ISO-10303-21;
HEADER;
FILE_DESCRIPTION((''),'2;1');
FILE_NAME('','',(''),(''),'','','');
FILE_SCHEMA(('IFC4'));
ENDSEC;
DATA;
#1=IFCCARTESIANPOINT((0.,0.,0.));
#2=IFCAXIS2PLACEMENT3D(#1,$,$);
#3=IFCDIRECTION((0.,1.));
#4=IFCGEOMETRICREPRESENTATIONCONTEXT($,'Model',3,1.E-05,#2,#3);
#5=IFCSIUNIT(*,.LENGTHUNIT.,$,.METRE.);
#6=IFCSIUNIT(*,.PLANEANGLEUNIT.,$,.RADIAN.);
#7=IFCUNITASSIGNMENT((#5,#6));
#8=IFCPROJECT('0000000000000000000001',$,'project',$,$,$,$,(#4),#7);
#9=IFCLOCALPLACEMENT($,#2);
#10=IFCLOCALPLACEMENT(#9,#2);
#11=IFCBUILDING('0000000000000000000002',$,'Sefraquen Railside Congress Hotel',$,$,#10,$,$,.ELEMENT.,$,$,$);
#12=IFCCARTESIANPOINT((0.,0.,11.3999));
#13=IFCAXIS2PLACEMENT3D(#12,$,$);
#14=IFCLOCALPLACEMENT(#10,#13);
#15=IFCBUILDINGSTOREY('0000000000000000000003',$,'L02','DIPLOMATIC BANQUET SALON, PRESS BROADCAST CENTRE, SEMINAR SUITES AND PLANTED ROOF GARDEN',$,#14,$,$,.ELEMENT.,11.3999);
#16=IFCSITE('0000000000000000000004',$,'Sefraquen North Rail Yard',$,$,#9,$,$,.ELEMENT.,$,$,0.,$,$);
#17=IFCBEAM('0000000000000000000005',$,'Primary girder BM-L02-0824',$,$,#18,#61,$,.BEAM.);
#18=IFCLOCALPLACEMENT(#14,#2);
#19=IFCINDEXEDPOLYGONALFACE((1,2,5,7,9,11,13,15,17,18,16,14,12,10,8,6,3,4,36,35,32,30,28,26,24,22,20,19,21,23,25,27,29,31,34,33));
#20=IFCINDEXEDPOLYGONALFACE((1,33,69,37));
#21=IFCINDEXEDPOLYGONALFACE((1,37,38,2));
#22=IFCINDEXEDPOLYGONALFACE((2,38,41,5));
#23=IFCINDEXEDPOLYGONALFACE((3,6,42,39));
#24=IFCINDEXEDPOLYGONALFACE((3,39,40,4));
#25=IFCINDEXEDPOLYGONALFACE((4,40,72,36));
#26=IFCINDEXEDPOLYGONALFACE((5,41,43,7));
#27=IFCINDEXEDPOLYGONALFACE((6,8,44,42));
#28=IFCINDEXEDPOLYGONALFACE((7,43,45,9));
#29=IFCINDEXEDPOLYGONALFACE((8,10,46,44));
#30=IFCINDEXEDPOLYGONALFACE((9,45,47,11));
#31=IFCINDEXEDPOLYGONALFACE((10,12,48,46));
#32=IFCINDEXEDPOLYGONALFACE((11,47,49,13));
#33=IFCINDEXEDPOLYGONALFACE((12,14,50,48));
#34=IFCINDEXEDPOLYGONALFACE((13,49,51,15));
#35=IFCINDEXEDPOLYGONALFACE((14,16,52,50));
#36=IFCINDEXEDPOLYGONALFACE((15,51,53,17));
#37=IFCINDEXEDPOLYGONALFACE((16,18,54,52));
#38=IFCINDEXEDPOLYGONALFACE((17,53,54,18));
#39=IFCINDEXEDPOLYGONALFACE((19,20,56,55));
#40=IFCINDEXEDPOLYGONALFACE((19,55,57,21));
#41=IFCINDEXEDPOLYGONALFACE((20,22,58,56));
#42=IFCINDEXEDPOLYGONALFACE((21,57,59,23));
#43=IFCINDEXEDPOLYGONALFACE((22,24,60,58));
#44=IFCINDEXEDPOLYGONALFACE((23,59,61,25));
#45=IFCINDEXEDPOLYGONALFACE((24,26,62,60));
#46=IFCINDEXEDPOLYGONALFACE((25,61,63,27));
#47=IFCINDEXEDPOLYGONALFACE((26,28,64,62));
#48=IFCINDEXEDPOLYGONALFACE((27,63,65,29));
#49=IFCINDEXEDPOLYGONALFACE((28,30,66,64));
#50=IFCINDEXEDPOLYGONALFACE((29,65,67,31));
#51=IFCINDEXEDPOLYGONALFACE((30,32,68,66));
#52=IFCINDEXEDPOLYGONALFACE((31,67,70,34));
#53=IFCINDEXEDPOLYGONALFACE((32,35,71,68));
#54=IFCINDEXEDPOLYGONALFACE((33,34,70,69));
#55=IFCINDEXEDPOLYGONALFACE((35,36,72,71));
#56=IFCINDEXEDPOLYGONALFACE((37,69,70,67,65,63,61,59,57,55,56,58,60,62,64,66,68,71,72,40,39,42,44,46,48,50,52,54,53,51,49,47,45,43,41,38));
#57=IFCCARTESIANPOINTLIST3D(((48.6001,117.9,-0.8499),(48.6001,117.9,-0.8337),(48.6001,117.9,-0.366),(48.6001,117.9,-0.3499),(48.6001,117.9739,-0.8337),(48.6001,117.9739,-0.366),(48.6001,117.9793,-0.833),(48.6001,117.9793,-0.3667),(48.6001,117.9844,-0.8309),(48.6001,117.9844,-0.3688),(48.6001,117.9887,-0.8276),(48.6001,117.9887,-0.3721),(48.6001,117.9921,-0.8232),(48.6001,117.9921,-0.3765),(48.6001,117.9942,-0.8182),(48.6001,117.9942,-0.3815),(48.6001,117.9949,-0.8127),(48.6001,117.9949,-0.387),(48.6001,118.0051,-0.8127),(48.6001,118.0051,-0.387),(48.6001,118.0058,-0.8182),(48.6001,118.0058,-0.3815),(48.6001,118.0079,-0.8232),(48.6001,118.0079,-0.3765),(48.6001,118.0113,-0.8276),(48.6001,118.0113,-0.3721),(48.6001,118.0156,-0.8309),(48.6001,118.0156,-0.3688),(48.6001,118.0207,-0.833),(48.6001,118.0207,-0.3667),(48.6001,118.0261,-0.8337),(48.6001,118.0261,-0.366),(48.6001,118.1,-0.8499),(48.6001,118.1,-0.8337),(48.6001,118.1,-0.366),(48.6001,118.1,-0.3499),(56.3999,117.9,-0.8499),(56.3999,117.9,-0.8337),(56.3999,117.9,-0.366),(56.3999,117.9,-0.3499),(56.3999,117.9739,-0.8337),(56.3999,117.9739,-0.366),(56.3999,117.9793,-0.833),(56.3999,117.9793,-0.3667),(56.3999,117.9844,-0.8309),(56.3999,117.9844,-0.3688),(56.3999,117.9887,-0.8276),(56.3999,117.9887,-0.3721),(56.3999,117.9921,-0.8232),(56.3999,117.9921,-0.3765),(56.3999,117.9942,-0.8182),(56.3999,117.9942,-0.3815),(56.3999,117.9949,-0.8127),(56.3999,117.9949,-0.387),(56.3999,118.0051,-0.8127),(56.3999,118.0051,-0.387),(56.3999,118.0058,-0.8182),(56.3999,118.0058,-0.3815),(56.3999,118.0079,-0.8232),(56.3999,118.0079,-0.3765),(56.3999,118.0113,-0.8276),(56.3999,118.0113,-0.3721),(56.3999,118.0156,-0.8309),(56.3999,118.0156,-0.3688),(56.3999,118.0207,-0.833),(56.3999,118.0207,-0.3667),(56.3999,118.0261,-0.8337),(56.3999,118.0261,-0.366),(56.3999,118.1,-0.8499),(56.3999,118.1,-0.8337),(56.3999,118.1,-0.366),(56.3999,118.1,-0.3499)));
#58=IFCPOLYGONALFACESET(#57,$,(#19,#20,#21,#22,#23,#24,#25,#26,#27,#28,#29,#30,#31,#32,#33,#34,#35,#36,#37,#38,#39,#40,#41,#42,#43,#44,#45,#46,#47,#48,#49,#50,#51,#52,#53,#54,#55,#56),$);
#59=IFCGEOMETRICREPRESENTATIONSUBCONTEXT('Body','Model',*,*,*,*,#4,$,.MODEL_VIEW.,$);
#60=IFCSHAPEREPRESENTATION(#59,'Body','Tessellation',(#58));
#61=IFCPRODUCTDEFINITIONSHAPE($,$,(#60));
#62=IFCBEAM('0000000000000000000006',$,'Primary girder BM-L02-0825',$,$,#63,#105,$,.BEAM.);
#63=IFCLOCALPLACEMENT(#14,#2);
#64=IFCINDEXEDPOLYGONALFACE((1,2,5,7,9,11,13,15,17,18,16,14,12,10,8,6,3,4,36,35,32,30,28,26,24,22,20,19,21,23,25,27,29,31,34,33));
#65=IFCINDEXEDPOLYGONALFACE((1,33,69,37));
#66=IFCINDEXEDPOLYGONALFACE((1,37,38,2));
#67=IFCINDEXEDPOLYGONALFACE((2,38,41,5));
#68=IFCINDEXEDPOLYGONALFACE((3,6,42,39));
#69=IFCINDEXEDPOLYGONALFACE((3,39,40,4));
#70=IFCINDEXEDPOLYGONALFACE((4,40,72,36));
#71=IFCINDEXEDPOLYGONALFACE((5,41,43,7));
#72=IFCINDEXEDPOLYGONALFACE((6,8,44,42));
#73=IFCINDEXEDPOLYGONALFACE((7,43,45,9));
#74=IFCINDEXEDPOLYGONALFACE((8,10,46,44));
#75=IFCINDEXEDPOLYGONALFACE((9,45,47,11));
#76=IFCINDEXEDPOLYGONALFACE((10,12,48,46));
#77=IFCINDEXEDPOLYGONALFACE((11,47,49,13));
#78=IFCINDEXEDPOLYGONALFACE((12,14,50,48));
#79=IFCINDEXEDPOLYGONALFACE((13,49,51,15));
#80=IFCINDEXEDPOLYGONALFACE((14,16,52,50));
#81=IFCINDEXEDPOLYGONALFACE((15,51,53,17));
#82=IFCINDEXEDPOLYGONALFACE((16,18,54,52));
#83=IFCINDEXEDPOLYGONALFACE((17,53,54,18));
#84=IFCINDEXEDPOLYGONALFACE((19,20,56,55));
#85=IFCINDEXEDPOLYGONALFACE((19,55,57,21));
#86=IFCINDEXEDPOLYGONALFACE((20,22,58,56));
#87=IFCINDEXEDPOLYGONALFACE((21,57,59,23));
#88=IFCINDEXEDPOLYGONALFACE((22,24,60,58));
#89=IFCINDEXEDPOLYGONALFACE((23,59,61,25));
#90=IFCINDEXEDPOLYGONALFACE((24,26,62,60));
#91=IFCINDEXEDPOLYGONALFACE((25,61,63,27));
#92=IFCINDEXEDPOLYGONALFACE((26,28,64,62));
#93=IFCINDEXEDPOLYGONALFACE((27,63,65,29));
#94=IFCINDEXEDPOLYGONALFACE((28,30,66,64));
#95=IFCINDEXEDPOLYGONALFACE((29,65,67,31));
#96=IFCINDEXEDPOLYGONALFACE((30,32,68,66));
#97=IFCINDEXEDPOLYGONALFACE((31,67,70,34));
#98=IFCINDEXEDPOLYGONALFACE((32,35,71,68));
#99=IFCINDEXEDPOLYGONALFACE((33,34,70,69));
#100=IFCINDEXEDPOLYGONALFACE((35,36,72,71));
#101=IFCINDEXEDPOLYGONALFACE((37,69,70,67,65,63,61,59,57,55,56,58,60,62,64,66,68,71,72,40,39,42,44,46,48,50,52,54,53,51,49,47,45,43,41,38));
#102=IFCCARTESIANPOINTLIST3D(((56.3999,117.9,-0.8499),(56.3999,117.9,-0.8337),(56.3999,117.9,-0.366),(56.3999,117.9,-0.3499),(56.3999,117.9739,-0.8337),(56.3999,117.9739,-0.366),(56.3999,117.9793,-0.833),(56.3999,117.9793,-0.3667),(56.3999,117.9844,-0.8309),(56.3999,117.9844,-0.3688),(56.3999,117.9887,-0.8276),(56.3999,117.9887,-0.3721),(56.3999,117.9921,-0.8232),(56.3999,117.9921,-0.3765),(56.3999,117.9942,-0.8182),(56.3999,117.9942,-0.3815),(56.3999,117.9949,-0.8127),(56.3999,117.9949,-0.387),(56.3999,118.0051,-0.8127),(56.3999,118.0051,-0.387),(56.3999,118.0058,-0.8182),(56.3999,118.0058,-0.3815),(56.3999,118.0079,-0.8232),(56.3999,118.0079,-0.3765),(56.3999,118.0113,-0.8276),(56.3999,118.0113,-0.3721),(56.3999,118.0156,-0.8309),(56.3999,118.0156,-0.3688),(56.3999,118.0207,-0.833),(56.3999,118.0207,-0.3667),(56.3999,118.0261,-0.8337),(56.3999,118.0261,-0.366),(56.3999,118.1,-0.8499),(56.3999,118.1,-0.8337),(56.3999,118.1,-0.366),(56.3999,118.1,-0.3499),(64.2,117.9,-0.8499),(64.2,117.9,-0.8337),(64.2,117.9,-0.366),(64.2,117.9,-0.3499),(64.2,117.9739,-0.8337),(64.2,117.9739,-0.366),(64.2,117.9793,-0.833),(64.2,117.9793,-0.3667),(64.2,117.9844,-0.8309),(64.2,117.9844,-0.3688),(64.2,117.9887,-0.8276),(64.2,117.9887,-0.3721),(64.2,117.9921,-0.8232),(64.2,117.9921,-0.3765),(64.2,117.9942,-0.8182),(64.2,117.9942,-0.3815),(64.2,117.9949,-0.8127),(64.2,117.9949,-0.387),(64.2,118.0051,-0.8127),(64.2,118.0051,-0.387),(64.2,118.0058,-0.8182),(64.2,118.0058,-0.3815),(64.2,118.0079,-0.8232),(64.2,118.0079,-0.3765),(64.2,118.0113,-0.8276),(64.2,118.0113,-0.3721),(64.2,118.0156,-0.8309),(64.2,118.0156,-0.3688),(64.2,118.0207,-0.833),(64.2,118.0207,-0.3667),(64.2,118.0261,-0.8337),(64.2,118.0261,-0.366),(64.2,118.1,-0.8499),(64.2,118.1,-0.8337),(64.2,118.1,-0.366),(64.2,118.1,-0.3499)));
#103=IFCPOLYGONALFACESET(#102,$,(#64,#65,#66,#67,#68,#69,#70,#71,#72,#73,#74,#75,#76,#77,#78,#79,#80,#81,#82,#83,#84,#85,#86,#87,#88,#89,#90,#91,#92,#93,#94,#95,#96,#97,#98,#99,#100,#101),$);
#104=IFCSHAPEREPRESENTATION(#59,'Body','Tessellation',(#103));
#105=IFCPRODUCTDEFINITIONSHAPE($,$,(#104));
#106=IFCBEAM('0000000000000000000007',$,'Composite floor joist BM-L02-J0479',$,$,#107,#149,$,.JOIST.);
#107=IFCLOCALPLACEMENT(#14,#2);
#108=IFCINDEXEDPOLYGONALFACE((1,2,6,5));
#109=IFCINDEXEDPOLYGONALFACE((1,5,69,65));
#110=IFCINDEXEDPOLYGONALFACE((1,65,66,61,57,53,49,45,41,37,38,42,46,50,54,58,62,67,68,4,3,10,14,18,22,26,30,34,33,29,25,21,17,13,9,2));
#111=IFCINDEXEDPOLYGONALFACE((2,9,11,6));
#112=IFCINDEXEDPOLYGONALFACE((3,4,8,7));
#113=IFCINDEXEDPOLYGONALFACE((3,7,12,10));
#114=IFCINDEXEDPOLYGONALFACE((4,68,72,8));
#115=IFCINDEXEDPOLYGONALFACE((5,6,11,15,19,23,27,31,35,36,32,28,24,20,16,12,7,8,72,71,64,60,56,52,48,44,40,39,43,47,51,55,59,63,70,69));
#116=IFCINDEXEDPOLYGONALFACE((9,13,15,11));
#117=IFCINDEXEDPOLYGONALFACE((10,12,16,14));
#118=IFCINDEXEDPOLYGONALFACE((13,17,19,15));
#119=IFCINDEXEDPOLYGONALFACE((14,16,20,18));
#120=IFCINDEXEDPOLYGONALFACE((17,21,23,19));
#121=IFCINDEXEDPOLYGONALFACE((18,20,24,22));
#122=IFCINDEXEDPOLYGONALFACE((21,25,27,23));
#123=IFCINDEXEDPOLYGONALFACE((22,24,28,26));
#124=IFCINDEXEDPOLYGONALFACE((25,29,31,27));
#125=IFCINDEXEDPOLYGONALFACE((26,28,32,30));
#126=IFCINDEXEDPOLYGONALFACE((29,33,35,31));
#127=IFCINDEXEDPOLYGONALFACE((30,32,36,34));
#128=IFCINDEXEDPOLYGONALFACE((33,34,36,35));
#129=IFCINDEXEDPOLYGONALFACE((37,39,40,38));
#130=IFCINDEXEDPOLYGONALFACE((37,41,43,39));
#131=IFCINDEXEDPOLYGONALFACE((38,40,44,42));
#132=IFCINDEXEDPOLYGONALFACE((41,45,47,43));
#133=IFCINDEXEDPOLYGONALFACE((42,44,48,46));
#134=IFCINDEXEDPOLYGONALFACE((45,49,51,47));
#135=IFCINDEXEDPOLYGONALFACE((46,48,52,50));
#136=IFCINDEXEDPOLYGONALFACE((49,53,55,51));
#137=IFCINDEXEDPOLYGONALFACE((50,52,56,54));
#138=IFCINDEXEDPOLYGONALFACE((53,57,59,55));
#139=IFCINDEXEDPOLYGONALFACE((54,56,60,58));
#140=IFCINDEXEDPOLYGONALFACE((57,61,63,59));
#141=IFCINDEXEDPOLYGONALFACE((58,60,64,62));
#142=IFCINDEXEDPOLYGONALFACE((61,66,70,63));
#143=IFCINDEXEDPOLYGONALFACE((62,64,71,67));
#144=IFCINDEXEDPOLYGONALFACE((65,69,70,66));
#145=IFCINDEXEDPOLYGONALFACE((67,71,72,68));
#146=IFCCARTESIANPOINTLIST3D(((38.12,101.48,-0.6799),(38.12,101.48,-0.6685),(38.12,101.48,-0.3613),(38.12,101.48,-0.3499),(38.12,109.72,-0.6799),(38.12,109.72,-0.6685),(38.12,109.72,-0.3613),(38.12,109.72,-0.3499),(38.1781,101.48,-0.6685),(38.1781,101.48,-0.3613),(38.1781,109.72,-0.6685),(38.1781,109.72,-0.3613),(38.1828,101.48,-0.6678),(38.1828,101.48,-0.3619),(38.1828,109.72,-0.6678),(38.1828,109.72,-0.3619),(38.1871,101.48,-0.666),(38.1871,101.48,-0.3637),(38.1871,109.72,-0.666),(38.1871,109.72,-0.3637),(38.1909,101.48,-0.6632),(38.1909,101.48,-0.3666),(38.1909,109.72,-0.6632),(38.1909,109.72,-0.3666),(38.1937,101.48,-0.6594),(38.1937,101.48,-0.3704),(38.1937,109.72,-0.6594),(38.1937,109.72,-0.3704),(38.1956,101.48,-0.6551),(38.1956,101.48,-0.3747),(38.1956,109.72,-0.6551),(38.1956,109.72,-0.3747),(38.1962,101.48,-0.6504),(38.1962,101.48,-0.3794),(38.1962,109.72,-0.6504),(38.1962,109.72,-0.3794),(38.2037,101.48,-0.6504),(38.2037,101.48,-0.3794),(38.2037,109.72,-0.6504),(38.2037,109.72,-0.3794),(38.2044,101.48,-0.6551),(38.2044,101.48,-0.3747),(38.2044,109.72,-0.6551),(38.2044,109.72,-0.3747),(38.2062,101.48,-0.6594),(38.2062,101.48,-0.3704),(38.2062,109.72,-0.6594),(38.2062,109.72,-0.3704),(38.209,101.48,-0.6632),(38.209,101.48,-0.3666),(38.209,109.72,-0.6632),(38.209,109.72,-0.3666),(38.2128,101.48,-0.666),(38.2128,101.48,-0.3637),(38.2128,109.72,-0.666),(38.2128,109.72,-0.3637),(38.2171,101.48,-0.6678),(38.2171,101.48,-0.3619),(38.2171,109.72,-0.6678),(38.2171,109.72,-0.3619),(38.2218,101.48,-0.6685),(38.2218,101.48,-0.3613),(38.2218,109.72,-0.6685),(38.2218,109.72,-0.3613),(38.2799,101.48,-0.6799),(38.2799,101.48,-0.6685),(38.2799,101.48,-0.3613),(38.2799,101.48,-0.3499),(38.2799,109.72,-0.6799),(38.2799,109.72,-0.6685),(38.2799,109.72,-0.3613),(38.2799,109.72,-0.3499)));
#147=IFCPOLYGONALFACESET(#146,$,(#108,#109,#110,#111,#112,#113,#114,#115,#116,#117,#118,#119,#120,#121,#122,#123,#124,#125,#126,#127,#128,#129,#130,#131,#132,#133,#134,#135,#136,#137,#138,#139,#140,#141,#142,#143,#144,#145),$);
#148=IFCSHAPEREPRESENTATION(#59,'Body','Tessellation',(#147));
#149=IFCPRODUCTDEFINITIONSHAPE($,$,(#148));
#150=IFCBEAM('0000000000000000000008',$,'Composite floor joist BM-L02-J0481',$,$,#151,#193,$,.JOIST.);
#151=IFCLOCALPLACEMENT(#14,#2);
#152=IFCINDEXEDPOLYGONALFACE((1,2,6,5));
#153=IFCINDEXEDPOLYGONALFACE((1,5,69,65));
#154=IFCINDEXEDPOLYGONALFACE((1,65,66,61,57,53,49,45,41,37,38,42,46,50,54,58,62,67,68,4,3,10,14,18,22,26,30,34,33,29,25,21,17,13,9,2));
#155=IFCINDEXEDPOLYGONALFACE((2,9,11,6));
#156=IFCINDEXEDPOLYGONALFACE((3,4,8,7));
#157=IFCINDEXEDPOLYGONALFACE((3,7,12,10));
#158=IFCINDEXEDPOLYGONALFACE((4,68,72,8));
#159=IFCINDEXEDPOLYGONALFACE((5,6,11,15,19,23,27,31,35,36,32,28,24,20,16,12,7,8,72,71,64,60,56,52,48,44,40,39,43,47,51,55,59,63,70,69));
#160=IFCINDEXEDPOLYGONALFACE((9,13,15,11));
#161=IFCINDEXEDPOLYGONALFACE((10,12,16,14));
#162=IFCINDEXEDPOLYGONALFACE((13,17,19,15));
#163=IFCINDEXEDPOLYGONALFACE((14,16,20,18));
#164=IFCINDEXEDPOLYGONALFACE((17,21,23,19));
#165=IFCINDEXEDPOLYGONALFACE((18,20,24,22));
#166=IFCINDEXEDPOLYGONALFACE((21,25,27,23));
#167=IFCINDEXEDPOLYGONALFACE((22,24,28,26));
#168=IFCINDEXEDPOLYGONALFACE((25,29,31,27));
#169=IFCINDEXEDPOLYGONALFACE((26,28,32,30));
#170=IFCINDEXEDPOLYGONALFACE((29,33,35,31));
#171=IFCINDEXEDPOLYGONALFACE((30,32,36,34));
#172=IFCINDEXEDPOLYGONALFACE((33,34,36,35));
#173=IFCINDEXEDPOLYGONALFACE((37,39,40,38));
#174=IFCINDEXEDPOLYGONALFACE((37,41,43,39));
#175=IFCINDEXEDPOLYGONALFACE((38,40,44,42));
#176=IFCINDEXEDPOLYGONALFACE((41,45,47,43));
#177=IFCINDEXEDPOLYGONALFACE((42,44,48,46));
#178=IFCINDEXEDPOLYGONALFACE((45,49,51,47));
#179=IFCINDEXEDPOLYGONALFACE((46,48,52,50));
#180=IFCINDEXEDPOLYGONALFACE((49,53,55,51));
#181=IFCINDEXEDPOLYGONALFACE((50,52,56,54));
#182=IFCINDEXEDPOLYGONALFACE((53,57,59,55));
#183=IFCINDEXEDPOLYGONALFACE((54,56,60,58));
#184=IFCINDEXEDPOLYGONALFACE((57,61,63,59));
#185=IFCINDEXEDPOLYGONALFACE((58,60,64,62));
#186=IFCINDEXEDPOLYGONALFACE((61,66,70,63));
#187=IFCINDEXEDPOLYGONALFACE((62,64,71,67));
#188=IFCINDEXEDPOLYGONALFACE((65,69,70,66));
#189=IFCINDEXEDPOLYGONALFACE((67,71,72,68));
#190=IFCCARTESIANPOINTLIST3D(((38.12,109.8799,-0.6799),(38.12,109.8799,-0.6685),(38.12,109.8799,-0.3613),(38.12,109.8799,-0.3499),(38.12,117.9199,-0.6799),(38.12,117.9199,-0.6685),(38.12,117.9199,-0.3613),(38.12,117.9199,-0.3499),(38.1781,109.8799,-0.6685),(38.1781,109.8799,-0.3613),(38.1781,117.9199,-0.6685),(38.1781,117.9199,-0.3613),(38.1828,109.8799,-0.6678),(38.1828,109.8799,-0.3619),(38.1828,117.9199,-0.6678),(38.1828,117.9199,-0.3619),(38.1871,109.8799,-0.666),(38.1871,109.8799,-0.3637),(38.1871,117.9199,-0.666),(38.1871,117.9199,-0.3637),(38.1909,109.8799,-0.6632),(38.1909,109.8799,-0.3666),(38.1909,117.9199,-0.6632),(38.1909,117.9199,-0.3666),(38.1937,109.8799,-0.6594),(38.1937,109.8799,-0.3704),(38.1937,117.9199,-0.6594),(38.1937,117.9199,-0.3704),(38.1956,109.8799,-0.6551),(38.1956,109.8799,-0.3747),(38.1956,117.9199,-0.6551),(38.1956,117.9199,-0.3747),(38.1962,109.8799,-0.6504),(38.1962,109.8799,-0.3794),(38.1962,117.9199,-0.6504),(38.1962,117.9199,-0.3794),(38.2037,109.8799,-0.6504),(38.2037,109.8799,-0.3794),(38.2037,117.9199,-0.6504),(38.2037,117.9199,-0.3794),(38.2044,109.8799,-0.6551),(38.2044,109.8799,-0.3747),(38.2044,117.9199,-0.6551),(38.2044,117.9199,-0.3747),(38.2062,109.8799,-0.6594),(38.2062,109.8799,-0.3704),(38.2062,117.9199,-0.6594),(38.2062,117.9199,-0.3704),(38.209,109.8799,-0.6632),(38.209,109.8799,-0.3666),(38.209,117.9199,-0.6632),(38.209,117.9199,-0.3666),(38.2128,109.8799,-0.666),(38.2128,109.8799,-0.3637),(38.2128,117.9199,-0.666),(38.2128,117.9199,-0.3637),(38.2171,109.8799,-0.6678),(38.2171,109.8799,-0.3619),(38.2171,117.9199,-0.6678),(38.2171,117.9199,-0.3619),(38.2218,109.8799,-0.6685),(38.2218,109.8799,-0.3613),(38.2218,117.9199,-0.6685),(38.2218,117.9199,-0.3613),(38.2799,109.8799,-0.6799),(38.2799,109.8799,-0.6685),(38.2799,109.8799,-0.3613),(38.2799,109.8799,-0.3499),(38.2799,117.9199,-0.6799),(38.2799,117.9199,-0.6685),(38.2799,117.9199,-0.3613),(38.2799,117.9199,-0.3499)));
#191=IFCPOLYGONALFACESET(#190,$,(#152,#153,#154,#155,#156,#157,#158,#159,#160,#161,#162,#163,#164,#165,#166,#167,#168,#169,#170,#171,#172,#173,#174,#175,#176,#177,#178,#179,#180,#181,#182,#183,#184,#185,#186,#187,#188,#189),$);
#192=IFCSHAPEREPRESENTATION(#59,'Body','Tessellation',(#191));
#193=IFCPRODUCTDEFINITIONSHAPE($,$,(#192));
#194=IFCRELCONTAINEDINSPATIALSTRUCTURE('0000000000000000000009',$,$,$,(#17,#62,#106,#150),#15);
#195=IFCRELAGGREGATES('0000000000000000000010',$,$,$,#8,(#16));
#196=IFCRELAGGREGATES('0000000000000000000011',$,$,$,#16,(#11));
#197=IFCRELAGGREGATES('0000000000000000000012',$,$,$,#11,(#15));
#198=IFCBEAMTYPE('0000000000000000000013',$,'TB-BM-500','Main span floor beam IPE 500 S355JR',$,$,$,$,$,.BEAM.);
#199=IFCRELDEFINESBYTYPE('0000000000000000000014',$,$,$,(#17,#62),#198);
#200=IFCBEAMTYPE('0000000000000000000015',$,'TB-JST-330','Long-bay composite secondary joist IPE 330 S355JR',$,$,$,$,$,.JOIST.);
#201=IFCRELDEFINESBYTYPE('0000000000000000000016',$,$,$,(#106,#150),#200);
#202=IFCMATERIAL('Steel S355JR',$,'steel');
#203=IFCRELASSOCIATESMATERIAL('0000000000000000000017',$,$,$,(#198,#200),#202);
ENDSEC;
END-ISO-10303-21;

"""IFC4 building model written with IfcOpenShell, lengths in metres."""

from ifc_helpers import new_model, si_unit, direction, frame, origin, origin_2d, place, context, subcontext, project, spatial, i_section, extrude, material, material_profile, profile_set, type_object, element, save


model = new_model("IFC4")

# Units and contexts
model_context = context("Model", 3, precision=1e-05, world=origin(), true_north=direction((0.0, 1.0)))
body_context = subcontext(model_context, "Body", "Model", "MODEL_VIEW")
ifc_project = project(units=[si_unit("LENGTHUNIT", "METRE"), si_unit("PLANEANGLEUNIT", "RADIAN")], contexts=[model_context])

# Site, building, storey
site_placement = place(None, origin())
site = spatial("IfcSite", under=ifc_project, at=site_placement, Name="Sefraquen North Rail Yard", CompositionType="ELEMENT", RefElevation=0.0)
building_placement = place(site_placement, origin())
building = spatial("IfcBuilding", under=site, at=building_placement, Name="Sefraquen Railside Congress Hotel", CompositionType="ELEMENT")
storey_placement = place(building_placement, frame((0.0, 0.0, 11.3999)))
storey = spatial("IfcBuildingStorey", under=building, at=storey_placement, Name="L02", Description="DIPLOMATIC BANQUET SALON, PRESS BROADCAST CENTRE, SEMINAR SUITES AND PLANTED ROOF GARDEN", CompositionType="ELEMENT", Elevation=11.3999)

# Shared definitions
ifc_material = material(Name="Steel S355JR", Category="steel")

# Beams
ifc_material_profile_1 = material_profile(ifc_material, i_section(OverallWidth=0.2, OverallDepth=0.5, WebThickness=0.0103, FlangeThickness=0.0161, FilletRadius=0.021, at=origin_2d()), Name="IPE 500")
ifc_profile_set_1 = profile_set([ifc_material_profile_1], Name="Steel S355JR")
beam_type_1 = type_object("IfcBeamType", Name="TB-BM-500", Description="Main span floor beam IPE 500 S355JR", PredefinedType="BEAM", material=ifc_profile_set_1)
beam_1_placement = place(storey_placement, frame((48.6001, 118.0, -0.5999), z_axis=(1.0, 0.0, 0.0), x_axis=(0.0, 1.0, 0.0)))
element("IfcBeam", 1, at=beam_1_placement, inside=storey, type_object=beam_type_1, Name="Primary girder BM-L02-0824", PredefinedType="BEAM", context=body_context, shape_type="SweptSolid", body=[
    extrude(i_section(OverallWidth=0.2, OverallDepth=0.5, WebThickness=0.0103, FlangeThickness=0.0161, FilletRadius=0.021, at=origin_2d()), origin(), (0.0, 0.0, 1.0), 7.7998),
])
beam_2_placement = place(storey_placement, frame((56.3999, 118.0, -0.5999), z_axis=(1.0, 0.0, 0.0), x_axis=(0.0, 1.0, 0.0)))
element("IfcBeam", 2, at=beam_2_placement, inside=storey, type_object=beam_type_1, Name="Primary girder BM-L02-0825", PredefinedType="BEAM", context=body_context, shape_type="SweptSolid", body=[
    extrude(i_section(OverallWidth=0.2, OverallDepth=0.5, WebThickness=0.0103, FlangeThickness=0.0161, FilletRadius=0.021, at=origin_2d()), origin(), (0.0, 0.0, 1.0), 7.8),
])
ifc_material_profile_2 = material_profile(ifc_material, i_section(OverallWidth=0.1599, OverallDepth=0.3301, WebThickness=0.0076, FlangeThickness=0.0115, FilletRadius=0.0181, at=origin_2d()), Name="IPE 330")
ifc_profile_set_2 = profile_set([ifc_material_profile_2], Name="Steel S355JR")
beam_type_2 = type_object("IfcBeamType", Name="TB-JST-330", Description="Long-bay composite secondary joist IPE 330 S355JR", PredefinedType="JOIST", material=ifc_profile_set_2)
beam_3_placement = place(storey_placement, frame((38.2, 101.48, -0.5149), z_axis=(0.0, 1.0, 0.0), x_axis=(-1.0, 0.0, 0.0)))
element("IfcBeam", 3, at=beam_3_placement, inside=storey, type_object=beam_type_2, Name="Composite floor joist BM-L02-J0479", PredefinedType="JOIST", context=body_context, shape_type="SweptSolid", body=[
    extrude(i_section(OverallWidth=0.1599, OverallDepth=0.3301, WebThickness=0.0076, FlangeThickness=0.0115, FilletRadius=0.0181, at=origin_2d()), origin(), (0.0, 0.0, 1.0), 8.24),
])
beam_4_placement = place(storey_placement, frame((38.2, 109.8799, -0.5149), z_axis=(0.0, 1.0, 0.0), x_axis=(-1.0, 0.0, 0.0)))
element("IfcBeam", 4, at=beam_4_placement, inside=storey, type_object=beam_type_2, Name="Composite floor joist BM-L02-J0481", PredefinedType="JOIST", context=body_context, shape_type="SweptSolid", body=[
    extrude(i_section(OverallWidth=0.1599, OverallDepth=0.3301, WebThickness=0.0076, FlangeThickness=0.0115, FilletRadius=0.0181, at=origin_2d()), origin(), (0.0, 0.0, 1.0), 8.04),
])

save(model, "model.ifc")
